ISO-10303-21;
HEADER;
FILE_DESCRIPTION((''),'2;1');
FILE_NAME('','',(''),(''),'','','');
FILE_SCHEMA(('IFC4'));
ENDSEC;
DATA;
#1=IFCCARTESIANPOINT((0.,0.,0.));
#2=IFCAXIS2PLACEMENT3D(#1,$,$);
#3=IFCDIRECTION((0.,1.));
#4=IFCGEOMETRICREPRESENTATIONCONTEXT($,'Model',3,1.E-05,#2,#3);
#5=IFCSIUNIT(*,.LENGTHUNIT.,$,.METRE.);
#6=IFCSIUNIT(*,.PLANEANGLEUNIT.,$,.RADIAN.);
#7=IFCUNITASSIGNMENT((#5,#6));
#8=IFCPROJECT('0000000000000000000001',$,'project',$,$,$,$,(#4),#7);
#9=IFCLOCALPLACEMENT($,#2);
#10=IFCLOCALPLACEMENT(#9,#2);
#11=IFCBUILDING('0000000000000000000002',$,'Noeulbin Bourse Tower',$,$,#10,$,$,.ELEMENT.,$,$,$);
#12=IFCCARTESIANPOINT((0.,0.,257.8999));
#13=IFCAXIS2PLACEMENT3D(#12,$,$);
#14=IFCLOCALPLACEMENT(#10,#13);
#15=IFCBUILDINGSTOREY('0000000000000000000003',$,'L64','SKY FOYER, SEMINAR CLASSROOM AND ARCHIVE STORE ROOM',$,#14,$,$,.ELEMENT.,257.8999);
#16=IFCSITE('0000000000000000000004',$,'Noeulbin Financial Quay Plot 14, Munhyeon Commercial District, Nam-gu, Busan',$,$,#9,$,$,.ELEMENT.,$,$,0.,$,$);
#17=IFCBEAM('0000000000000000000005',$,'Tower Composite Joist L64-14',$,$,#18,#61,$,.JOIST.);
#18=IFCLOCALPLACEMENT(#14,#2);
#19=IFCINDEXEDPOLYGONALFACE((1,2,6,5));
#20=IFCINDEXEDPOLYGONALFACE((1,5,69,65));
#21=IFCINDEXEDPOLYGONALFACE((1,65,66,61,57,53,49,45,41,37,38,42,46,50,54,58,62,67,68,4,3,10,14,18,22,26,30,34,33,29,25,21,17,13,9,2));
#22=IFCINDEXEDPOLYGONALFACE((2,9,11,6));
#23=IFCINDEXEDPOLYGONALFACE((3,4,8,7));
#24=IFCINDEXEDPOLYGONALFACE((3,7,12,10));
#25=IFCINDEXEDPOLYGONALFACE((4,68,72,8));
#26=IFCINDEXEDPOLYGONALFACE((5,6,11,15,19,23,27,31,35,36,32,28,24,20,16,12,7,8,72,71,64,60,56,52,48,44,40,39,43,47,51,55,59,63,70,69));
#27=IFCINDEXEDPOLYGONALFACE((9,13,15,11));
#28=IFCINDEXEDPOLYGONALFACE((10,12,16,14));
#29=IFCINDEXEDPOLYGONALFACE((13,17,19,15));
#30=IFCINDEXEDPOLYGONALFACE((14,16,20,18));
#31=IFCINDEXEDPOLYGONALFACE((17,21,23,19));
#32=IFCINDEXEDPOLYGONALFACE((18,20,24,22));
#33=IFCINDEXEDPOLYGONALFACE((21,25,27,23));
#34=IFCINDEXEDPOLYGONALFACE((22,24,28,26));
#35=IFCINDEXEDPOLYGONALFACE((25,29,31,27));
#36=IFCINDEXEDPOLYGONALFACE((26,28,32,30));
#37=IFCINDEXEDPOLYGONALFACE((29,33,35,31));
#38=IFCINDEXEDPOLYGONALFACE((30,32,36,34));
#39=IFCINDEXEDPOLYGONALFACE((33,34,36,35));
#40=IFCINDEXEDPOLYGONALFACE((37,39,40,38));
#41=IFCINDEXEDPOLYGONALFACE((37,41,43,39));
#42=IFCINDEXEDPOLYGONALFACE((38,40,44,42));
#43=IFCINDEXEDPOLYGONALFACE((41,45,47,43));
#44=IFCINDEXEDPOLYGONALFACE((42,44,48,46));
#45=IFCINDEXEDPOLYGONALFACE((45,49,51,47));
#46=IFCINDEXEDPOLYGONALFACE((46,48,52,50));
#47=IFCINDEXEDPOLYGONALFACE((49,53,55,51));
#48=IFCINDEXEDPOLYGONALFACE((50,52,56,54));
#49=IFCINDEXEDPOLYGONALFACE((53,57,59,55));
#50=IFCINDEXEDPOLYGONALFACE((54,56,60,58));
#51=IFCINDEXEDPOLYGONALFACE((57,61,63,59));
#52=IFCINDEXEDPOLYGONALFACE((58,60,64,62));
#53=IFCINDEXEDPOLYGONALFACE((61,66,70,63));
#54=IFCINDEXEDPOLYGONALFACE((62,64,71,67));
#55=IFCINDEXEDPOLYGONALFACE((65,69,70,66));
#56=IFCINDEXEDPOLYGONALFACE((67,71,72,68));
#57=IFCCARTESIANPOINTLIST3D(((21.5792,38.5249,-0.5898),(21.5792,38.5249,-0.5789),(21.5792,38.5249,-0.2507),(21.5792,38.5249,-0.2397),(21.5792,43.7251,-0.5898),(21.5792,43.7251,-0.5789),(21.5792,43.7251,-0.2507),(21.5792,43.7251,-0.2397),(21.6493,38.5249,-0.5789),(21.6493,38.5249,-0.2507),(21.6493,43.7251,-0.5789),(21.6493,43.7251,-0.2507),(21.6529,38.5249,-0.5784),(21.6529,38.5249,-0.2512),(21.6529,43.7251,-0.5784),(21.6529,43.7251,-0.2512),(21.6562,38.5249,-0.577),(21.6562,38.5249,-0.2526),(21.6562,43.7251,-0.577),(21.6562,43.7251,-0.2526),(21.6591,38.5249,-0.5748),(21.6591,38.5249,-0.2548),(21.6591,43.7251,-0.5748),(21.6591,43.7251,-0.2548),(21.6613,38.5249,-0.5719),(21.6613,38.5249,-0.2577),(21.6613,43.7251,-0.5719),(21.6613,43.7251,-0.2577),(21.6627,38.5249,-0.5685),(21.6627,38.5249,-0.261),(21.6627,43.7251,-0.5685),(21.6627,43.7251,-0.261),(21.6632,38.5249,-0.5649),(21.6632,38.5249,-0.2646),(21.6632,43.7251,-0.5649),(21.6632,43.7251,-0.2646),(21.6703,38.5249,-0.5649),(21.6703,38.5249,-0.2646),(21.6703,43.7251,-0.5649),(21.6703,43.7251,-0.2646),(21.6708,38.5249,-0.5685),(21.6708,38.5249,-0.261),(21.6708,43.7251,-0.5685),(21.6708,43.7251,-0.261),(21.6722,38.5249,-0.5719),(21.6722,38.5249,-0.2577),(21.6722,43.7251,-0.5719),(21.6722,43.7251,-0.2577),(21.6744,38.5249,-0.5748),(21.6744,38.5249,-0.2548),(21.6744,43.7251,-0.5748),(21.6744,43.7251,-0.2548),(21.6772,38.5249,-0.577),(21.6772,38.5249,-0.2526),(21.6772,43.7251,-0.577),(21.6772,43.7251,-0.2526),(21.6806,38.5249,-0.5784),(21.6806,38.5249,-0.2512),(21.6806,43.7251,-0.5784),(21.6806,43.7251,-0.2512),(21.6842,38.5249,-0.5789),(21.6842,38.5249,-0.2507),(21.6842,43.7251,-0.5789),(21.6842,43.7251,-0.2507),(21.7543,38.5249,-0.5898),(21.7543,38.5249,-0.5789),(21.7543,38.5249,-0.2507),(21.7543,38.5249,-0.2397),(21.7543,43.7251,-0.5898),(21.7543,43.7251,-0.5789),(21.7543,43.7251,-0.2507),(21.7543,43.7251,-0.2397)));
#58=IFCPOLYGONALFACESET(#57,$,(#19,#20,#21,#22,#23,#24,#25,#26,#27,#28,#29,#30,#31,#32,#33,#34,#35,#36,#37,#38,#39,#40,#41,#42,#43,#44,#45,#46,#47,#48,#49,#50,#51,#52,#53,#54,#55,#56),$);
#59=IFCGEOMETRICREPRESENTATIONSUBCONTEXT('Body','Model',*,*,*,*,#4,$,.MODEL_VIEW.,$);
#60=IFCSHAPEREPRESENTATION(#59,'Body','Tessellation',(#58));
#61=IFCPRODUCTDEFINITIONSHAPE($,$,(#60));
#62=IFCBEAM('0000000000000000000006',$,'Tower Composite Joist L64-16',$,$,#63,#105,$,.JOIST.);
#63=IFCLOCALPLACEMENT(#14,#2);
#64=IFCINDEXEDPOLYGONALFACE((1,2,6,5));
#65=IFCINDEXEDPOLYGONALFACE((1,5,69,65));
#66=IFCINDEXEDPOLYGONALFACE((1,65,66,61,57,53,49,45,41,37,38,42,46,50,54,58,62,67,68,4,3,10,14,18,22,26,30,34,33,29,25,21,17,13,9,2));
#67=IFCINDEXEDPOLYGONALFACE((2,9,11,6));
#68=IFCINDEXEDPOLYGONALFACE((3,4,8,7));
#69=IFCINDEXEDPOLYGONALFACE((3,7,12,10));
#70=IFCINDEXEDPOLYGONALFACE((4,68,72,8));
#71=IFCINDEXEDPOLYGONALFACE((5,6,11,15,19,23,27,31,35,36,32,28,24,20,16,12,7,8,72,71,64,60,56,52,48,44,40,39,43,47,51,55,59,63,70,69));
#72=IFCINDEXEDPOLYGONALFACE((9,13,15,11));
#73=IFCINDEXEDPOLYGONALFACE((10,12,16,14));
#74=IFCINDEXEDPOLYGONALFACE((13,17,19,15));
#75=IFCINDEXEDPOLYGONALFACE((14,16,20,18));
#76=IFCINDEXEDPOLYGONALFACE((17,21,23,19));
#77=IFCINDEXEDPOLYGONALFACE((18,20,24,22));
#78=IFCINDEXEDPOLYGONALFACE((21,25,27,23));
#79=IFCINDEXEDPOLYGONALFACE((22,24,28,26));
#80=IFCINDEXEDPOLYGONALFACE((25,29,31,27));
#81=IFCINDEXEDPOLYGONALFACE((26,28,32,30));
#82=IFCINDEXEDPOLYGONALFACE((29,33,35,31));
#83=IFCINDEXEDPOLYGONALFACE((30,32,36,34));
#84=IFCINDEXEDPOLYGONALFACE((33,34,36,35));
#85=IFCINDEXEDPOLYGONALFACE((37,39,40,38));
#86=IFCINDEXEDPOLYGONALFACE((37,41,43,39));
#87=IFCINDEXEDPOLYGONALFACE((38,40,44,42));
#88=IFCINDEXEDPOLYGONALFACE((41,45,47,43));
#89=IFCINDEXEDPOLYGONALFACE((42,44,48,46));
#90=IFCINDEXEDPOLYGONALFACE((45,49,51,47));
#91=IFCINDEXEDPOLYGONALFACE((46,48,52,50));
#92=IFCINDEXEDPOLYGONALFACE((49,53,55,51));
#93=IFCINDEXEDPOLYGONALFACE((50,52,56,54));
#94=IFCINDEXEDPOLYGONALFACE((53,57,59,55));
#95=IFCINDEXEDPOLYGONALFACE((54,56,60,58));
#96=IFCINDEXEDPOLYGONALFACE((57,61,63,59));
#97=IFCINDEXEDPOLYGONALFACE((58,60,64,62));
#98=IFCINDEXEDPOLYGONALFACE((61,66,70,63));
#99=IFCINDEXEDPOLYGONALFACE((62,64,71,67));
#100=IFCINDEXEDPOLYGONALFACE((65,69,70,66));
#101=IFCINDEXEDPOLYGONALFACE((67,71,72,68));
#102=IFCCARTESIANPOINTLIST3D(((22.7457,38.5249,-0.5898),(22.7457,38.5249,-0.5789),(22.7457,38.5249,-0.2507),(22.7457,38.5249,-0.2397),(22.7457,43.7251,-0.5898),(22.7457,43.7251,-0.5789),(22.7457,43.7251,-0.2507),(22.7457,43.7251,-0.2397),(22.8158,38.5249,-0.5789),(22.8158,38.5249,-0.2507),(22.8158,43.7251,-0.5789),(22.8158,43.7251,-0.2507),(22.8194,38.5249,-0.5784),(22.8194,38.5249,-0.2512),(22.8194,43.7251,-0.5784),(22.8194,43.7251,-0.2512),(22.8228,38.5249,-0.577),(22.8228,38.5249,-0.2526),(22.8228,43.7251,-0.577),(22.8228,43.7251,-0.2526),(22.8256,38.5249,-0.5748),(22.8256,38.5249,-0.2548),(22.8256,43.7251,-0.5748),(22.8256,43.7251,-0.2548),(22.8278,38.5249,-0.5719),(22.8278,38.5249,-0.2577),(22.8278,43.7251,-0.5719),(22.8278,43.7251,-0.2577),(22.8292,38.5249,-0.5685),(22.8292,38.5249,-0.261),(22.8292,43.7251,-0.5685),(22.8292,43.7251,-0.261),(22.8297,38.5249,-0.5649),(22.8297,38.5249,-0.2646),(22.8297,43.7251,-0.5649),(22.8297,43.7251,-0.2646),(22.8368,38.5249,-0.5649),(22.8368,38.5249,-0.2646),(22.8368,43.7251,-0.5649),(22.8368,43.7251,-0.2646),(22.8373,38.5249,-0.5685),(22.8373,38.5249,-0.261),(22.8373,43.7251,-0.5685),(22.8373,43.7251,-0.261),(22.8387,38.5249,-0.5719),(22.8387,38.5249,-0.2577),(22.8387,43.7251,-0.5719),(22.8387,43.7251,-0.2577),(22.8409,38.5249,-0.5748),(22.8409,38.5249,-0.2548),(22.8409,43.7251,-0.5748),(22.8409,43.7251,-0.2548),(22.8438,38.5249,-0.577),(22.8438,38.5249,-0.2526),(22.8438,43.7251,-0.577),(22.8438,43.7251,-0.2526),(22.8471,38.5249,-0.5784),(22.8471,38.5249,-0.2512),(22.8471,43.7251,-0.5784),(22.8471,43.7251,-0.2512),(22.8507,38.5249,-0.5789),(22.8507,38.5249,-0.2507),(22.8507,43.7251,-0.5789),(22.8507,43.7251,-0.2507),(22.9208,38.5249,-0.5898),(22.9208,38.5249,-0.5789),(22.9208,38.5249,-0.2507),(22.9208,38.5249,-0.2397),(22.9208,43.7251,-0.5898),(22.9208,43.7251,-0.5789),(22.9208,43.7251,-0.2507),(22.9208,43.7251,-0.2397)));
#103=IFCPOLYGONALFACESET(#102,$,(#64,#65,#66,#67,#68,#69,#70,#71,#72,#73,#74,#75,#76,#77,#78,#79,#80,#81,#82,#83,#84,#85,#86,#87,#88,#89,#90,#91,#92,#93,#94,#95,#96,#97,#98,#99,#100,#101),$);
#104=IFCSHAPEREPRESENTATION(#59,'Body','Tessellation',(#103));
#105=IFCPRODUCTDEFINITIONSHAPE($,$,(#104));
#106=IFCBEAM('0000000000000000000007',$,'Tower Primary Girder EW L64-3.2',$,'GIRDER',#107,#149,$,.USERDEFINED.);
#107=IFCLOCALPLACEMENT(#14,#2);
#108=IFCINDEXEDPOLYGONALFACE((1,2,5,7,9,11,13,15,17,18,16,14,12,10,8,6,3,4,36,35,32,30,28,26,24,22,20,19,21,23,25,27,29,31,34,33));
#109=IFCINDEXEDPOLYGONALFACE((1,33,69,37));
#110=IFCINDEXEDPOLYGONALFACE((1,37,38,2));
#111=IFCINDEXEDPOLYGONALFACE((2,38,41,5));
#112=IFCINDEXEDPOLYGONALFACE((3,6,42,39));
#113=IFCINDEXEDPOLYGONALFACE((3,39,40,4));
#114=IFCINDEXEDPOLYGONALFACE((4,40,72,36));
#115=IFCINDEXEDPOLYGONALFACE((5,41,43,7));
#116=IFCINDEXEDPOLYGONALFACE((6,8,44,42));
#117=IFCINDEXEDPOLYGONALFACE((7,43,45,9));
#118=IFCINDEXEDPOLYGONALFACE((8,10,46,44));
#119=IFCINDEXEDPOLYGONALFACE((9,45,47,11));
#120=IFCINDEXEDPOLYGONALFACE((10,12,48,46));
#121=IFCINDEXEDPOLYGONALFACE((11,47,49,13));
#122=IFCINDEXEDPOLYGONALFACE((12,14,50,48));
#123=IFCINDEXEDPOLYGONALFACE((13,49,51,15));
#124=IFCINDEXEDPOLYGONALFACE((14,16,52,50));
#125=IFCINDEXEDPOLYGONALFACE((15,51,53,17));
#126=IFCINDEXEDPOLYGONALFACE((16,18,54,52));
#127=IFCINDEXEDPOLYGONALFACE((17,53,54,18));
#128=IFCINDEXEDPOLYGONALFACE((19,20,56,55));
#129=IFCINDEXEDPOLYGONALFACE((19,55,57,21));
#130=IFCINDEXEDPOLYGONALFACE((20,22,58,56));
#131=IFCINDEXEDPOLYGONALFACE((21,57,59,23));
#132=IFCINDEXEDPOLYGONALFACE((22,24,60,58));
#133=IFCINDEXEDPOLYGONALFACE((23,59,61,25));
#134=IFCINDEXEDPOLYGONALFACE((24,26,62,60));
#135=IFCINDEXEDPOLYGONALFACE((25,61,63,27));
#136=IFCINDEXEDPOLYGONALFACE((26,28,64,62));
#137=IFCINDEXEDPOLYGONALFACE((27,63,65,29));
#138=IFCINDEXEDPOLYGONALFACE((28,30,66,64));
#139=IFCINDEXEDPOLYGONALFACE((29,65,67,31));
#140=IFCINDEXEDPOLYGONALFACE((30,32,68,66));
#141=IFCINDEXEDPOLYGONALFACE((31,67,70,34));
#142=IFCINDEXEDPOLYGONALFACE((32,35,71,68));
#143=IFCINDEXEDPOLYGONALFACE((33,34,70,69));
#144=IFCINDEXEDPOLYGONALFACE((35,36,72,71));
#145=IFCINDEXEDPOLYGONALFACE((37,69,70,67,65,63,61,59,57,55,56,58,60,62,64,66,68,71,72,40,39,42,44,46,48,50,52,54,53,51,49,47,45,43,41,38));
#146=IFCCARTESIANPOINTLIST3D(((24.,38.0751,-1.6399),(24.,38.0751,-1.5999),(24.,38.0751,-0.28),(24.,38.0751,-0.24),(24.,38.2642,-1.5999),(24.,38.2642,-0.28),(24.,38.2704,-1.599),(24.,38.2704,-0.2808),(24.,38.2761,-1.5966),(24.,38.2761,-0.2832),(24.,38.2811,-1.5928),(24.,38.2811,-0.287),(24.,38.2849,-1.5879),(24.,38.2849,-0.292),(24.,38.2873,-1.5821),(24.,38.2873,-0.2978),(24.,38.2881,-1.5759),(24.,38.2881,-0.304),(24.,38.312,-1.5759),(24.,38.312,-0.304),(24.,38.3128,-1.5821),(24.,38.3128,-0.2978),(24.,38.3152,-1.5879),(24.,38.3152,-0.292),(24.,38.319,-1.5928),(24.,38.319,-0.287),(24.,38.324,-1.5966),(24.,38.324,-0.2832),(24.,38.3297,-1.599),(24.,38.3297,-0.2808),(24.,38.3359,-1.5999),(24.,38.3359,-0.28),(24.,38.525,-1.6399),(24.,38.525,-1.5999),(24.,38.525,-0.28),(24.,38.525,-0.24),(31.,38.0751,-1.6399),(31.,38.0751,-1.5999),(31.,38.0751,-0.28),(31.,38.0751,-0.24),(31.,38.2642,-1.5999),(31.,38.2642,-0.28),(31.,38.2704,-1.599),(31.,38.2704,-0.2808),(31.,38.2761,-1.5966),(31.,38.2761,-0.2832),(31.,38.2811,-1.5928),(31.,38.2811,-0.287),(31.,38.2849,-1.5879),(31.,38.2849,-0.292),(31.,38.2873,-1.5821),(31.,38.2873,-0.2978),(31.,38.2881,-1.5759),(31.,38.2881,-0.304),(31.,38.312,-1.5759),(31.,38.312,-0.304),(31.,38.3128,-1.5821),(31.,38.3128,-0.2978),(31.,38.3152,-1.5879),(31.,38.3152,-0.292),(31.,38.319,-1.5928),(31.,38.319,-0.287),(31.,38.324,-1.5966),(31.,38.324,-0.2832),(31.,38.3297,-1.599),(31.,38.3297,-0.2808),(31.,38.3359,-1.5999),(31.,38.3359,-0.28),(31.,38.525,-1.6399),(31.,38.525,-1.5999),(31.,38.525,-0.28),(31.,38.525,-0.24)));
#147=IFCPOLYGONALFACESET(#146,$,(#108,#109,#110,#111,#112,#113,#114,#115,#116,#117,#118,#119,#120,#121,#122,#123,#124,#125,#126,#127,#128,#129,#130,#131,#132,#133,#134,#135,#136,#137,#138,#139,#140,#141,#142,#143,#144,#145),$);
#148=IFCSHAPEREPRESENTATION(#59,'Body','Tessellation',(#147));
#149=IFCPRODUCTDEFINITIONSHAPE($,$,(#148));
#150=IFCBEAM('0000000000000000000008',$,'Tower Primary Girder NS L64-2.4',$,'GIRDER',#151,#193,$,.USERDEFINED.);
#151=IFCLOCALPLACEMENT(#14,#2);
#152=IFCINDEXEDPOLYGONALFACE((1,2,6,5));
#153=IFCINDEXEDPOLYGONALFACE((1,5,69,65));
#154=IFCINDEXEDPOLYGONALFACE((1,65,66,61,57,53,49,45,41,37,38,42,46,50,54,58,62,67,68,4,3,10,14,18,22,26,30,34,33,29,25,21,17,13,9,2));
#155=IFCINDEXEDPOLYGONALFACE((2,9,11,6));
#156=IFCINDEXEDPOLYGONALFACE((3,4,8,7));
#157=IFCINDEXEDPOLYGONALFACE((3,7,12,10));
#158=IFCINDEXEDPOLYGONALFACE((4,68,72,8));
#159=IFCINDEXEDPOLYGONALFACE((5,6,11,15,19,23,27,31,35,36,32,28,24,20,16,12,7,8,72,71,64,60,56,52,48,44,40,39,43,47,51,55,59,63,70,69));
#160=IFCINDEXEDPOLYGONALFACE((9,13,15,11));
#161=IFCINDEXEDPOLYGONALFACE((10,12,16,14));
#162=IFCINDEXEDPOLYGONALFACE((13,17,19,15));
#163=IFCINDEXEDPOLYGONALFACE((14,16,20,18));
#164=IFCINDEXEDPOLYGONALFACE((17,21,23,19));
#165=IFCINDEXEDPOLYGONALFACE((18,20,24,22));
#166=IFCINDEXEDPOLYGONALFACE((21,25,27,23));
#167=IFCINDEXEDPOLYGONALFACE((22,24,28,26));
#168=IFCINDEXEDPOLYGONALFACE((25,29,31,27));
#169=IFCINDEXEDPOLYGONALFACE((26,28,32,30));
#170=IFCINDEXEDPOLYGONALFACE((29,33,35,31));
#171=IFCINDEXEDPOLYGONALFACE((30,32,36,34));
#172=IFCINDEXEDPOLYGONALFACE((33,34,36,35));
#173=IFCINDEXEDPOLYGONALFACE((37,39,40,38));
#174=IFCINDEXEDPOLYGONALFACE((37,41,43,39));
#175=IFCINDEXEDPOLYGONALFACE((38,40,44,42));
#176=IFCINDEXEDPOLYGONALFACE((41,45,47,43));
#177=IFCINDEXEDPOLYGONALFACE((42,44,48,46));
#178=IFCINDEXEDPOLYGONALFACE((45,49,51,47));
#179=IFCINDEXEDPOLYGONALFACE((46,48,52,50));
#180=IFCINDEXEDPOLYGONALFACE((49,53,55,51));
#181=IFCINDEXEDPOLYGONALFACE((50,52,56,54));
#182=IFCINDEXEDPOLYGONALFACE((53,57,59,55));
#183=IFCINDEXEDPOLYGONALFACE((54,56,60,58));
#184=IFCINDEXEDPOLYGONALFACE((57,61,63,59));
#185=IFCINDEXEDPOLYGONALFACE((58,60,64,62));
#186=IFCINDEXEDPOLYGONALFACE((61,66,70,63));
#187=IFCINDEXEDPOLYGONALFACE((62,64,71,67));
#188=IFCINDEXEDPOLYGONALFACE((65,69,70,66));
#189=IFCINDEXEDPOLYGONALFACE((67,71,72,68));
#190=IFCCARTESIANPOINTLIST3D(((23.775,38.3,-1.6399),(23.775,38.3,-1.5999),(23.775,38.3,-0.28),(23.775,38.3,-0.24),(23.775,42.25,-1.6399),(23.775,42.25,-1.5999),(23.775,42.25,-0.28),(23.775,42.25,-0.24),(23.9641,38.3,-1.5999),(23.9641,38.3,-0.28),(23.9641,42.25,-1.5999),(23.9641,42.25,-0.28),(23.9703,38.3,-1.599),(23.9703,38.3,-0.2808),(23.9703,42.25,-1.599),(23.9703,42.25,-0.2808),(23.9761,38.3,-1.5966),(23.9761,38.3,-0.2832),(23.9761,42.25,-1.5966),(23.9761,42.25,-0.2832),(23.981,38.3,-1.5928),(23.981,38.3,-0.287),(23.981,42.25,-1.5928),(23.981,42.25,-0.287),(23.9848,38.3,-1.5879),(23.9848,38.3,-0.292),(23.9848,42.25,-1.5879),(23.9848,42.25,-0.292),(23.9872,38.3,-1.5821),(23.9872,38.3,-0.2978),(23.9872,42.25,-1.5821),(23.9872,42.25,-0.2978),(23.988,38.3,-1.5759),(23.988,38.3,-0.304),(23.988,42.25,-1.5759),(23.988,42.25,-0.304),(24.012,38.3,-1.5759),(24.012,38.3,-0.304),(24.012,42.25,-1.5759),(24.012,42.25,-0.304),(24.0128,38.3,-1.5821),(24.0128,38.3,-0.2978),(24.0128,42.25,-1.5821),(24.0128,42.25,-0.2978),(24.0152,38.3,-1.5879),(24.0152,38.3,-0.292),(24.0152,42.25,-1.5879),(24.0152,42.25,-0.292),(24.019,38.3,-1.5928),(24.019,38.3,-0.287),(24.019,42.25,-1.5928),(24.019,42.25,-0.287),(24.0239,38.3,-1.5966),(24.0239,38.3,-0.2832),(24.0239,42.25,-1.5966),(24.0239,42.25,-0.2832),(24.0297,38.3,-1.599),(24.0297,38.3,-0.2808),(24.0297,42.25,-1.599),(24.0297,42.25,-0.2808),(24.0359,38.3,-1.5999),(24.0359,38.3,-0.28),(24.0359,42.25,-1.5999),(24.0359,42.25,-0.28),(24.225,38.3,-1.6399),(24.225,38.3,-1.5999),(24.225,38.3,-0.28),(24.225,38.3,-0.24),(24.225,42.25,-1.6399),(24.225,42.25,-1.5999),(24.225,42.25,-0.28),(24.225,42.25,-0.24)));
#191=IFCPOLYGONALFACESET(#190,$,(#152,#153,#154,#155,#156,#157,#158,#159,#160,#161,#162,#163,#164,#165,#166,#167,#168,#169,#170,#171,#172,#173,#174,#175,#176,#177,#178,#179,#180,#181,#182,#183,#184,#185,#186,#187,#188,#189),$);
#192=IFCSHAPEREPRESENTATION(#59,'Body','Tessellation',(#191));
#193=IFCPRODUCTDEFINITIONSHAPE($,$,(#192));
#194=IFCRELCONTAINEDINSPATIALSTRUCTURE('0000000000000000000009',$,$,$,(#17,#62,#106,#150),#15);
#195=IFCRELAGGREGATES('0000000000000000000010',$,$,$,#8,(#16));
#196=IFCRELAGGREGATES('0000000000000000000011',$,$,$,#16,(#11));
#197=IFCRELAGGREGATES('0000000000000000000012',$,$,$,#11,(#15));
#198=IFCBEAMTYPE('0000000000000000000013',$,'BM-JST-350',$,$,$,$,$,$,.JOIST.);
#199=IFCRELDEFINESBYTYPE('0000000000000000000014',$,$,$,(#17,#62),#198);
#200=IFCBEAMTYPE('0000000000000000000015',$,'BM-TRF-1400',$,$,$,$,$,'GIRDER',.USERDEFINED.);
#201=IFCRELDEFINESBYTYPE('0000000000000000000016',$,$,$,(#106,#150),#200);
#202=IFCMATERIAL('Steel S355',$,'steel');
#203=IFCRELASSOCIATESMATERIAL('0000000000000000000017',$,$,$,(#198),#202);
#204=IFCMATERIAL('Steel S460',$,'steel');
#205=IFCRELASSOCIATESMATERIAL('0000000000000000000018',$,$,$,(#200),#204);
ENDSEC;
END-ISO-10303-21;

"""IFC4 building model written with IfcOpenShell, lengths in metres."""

from ifc_helpers import new_model, si_unit, direction, frame, origin, origin_2d, place, context, subcontext, project, spatial, i_section, extrude, material, material_profile, profile_set, type_object, element, save


model = new_model("IFC4")

# Units and contexts
model_context = context("Model", 3, precision=1e-05, world=origin(), true_north=direction((0.0, 1.0)))
body_context = subcontext(model_context, "Body", "Model", "MODEL_VIEW")
ifc_project = project(units=[si_unit("LENGTHUNIT", "METRE"), si_unit("PLANEANGLEUNIT", "RADIAN")], contexts=[model_context])

# Site, building, storey
site_placement = place(None, origin())
site = spatial("IfcSite", under=ifc_project, at=site_placement, Name="Noeulbin Financial Quay Plot 14, Munhyeon Commercial District, Nam-gu, Busan", CompositionType="ELEMENT", RefElevation=0.0)
building_placement = place(site_placement, origin())
building = spatial("IfcBuilding", under=site, at=building_placement, Name="Noeulbin Bourse Tower", CompositionType="ELEMENT")
storey_placement = place(building_placement, frame((0.0, 0.0, 257.8999)))
storey = spatial("IfcBuildingStorey", under=building, at=storey_placement, Name="L64", Description="SKY FOYER, SEMINAR CLASSROOM AND ARCHIVE STORE ROOM", CompositionType="ELEMENT", Elevation=257.8999)

# Shared definitions
ifc_material_1 = material(Name="Steel S355", Category="steel")

# Beams
ifc_material_profile_1 = material_profile(ifc_material_1, i_section(OverallWidth=0.175, OverallDepth=0.3501, WebThickness=0.0071, FlangeThickness=0.011, FilletRadius=0.0139, at=origin_2d()), Name="H-350x175x7x11", Category="LoadBearing")
ifc_profile_set_1 = profile_set([ifc_material_profile_1], Name="Steel S355")
beam_type_1 = type_object("IfcBeamType", Name="BM-JST-350", PredefinedType="JOIST", material=ifc_profile_set_1)
for number, where, z_axis, x_axis, name in (
    (1, (21.6667, 38.5249, -0.4148), (0.0, 1.0, 0.0), (-1.0, 0.0, 0.0), "Tower Composite Joist L64-14"),
    (2, (22.8333, 38.5249, -0.4148), (0.0, 1.0, 0.0), (-1.0, 0.0, 0.0), "Tower Composite Joist L64-16"),
):
    element("IfcBeam", number, at=place(storey_placement, frame(where, z_axis=z_axis, x_axis=x_axis)), inside=storey, type_object=beam_type_1, Name=name, PredefinedType="JOIST", context=body_context, shape_type="SweptSolid", body=[
        extrude(i_section(OverallWidth=0.175, OverallDepth=0.3501, WebThickness=0.0071, FlangeThickness=0.011, FilletRadius=0.0139, at=origin_2d()), origin(), (0.0, 0.0, 1.0), 5.2002),
    ])
ifc_material_2 = material(Name="Steel S460", Category="steel")
ifc_material_profile_2 = material_profile(ifc_material_2, i_section(OverallWidth=0.45, OverallDepth=1.3999, WebThickness=0.0239, FlangeThickness=0.04, FilletRadius=0.0239, at=origin_2d()), Name="PG-1400x450x24x40", Category="LoadBearing")
ifc_profile_set_2 = profile_set([ifc_material_profile_2], Name="Steel S460")
beam_type_2 = type_object("IfcBeamType", Name="BM-TRF-1400", ElementType="GIRDER", PredefinedType="USERDEFINED", material=ifc_profile_set_2)
beam_1_placement = place(storey_placement, frame((24.0, 38.3, -0.9399), z_axis=(1.0, 0.0, 0.0), x_axis=(0.0, 1.0, 0.0)))
element("IfcBeam", 3, at=beam_1_placement, inside=storey, type_object=beam_type_2, Name="Tower Primary Girder EW L64-3.2", ObjectType="GIRDER", PredefinedType="USERDEFINED", context=body_context, shape_type="SweptSolid", body=[
    extrude(i_section(OverallWidth=0.45, OverallDepth=1.3999, WebThickness=0.0239, FlangeThickness=0.04, FilletRadius=0.0239, at=origin_2d()), origin(), (0.0, 0.0, 1.0), 7.0),
])
beam_2_placement = place(storey_placement, frame((24.0, 38.3, -0.9399), z_axis=(0.0, 1.0, 0.0), x_axis=(-1.0, 0.0, 0.0)))
element("IfcBeam", 4, at=beam_2_placement, inside=storey, type_object=beam_type_2, Name="Tower Primary Girder NS L64-2.4", ObjectType="GIRDER", PredefinedType="USERDEFINED", context=body_context, shape_type="SweptSolid", body=[
    extrude(i_section(OverallWidth=0.45, OverallDepth=1.3999, WebThickness=0.0239, FlangeThickness=0.04, FilletRadius=0.0239, at=origin_2d()), origin(), (0.0, 0.0, 1.0), 3.95),
])

save(model, "model.ifc")
